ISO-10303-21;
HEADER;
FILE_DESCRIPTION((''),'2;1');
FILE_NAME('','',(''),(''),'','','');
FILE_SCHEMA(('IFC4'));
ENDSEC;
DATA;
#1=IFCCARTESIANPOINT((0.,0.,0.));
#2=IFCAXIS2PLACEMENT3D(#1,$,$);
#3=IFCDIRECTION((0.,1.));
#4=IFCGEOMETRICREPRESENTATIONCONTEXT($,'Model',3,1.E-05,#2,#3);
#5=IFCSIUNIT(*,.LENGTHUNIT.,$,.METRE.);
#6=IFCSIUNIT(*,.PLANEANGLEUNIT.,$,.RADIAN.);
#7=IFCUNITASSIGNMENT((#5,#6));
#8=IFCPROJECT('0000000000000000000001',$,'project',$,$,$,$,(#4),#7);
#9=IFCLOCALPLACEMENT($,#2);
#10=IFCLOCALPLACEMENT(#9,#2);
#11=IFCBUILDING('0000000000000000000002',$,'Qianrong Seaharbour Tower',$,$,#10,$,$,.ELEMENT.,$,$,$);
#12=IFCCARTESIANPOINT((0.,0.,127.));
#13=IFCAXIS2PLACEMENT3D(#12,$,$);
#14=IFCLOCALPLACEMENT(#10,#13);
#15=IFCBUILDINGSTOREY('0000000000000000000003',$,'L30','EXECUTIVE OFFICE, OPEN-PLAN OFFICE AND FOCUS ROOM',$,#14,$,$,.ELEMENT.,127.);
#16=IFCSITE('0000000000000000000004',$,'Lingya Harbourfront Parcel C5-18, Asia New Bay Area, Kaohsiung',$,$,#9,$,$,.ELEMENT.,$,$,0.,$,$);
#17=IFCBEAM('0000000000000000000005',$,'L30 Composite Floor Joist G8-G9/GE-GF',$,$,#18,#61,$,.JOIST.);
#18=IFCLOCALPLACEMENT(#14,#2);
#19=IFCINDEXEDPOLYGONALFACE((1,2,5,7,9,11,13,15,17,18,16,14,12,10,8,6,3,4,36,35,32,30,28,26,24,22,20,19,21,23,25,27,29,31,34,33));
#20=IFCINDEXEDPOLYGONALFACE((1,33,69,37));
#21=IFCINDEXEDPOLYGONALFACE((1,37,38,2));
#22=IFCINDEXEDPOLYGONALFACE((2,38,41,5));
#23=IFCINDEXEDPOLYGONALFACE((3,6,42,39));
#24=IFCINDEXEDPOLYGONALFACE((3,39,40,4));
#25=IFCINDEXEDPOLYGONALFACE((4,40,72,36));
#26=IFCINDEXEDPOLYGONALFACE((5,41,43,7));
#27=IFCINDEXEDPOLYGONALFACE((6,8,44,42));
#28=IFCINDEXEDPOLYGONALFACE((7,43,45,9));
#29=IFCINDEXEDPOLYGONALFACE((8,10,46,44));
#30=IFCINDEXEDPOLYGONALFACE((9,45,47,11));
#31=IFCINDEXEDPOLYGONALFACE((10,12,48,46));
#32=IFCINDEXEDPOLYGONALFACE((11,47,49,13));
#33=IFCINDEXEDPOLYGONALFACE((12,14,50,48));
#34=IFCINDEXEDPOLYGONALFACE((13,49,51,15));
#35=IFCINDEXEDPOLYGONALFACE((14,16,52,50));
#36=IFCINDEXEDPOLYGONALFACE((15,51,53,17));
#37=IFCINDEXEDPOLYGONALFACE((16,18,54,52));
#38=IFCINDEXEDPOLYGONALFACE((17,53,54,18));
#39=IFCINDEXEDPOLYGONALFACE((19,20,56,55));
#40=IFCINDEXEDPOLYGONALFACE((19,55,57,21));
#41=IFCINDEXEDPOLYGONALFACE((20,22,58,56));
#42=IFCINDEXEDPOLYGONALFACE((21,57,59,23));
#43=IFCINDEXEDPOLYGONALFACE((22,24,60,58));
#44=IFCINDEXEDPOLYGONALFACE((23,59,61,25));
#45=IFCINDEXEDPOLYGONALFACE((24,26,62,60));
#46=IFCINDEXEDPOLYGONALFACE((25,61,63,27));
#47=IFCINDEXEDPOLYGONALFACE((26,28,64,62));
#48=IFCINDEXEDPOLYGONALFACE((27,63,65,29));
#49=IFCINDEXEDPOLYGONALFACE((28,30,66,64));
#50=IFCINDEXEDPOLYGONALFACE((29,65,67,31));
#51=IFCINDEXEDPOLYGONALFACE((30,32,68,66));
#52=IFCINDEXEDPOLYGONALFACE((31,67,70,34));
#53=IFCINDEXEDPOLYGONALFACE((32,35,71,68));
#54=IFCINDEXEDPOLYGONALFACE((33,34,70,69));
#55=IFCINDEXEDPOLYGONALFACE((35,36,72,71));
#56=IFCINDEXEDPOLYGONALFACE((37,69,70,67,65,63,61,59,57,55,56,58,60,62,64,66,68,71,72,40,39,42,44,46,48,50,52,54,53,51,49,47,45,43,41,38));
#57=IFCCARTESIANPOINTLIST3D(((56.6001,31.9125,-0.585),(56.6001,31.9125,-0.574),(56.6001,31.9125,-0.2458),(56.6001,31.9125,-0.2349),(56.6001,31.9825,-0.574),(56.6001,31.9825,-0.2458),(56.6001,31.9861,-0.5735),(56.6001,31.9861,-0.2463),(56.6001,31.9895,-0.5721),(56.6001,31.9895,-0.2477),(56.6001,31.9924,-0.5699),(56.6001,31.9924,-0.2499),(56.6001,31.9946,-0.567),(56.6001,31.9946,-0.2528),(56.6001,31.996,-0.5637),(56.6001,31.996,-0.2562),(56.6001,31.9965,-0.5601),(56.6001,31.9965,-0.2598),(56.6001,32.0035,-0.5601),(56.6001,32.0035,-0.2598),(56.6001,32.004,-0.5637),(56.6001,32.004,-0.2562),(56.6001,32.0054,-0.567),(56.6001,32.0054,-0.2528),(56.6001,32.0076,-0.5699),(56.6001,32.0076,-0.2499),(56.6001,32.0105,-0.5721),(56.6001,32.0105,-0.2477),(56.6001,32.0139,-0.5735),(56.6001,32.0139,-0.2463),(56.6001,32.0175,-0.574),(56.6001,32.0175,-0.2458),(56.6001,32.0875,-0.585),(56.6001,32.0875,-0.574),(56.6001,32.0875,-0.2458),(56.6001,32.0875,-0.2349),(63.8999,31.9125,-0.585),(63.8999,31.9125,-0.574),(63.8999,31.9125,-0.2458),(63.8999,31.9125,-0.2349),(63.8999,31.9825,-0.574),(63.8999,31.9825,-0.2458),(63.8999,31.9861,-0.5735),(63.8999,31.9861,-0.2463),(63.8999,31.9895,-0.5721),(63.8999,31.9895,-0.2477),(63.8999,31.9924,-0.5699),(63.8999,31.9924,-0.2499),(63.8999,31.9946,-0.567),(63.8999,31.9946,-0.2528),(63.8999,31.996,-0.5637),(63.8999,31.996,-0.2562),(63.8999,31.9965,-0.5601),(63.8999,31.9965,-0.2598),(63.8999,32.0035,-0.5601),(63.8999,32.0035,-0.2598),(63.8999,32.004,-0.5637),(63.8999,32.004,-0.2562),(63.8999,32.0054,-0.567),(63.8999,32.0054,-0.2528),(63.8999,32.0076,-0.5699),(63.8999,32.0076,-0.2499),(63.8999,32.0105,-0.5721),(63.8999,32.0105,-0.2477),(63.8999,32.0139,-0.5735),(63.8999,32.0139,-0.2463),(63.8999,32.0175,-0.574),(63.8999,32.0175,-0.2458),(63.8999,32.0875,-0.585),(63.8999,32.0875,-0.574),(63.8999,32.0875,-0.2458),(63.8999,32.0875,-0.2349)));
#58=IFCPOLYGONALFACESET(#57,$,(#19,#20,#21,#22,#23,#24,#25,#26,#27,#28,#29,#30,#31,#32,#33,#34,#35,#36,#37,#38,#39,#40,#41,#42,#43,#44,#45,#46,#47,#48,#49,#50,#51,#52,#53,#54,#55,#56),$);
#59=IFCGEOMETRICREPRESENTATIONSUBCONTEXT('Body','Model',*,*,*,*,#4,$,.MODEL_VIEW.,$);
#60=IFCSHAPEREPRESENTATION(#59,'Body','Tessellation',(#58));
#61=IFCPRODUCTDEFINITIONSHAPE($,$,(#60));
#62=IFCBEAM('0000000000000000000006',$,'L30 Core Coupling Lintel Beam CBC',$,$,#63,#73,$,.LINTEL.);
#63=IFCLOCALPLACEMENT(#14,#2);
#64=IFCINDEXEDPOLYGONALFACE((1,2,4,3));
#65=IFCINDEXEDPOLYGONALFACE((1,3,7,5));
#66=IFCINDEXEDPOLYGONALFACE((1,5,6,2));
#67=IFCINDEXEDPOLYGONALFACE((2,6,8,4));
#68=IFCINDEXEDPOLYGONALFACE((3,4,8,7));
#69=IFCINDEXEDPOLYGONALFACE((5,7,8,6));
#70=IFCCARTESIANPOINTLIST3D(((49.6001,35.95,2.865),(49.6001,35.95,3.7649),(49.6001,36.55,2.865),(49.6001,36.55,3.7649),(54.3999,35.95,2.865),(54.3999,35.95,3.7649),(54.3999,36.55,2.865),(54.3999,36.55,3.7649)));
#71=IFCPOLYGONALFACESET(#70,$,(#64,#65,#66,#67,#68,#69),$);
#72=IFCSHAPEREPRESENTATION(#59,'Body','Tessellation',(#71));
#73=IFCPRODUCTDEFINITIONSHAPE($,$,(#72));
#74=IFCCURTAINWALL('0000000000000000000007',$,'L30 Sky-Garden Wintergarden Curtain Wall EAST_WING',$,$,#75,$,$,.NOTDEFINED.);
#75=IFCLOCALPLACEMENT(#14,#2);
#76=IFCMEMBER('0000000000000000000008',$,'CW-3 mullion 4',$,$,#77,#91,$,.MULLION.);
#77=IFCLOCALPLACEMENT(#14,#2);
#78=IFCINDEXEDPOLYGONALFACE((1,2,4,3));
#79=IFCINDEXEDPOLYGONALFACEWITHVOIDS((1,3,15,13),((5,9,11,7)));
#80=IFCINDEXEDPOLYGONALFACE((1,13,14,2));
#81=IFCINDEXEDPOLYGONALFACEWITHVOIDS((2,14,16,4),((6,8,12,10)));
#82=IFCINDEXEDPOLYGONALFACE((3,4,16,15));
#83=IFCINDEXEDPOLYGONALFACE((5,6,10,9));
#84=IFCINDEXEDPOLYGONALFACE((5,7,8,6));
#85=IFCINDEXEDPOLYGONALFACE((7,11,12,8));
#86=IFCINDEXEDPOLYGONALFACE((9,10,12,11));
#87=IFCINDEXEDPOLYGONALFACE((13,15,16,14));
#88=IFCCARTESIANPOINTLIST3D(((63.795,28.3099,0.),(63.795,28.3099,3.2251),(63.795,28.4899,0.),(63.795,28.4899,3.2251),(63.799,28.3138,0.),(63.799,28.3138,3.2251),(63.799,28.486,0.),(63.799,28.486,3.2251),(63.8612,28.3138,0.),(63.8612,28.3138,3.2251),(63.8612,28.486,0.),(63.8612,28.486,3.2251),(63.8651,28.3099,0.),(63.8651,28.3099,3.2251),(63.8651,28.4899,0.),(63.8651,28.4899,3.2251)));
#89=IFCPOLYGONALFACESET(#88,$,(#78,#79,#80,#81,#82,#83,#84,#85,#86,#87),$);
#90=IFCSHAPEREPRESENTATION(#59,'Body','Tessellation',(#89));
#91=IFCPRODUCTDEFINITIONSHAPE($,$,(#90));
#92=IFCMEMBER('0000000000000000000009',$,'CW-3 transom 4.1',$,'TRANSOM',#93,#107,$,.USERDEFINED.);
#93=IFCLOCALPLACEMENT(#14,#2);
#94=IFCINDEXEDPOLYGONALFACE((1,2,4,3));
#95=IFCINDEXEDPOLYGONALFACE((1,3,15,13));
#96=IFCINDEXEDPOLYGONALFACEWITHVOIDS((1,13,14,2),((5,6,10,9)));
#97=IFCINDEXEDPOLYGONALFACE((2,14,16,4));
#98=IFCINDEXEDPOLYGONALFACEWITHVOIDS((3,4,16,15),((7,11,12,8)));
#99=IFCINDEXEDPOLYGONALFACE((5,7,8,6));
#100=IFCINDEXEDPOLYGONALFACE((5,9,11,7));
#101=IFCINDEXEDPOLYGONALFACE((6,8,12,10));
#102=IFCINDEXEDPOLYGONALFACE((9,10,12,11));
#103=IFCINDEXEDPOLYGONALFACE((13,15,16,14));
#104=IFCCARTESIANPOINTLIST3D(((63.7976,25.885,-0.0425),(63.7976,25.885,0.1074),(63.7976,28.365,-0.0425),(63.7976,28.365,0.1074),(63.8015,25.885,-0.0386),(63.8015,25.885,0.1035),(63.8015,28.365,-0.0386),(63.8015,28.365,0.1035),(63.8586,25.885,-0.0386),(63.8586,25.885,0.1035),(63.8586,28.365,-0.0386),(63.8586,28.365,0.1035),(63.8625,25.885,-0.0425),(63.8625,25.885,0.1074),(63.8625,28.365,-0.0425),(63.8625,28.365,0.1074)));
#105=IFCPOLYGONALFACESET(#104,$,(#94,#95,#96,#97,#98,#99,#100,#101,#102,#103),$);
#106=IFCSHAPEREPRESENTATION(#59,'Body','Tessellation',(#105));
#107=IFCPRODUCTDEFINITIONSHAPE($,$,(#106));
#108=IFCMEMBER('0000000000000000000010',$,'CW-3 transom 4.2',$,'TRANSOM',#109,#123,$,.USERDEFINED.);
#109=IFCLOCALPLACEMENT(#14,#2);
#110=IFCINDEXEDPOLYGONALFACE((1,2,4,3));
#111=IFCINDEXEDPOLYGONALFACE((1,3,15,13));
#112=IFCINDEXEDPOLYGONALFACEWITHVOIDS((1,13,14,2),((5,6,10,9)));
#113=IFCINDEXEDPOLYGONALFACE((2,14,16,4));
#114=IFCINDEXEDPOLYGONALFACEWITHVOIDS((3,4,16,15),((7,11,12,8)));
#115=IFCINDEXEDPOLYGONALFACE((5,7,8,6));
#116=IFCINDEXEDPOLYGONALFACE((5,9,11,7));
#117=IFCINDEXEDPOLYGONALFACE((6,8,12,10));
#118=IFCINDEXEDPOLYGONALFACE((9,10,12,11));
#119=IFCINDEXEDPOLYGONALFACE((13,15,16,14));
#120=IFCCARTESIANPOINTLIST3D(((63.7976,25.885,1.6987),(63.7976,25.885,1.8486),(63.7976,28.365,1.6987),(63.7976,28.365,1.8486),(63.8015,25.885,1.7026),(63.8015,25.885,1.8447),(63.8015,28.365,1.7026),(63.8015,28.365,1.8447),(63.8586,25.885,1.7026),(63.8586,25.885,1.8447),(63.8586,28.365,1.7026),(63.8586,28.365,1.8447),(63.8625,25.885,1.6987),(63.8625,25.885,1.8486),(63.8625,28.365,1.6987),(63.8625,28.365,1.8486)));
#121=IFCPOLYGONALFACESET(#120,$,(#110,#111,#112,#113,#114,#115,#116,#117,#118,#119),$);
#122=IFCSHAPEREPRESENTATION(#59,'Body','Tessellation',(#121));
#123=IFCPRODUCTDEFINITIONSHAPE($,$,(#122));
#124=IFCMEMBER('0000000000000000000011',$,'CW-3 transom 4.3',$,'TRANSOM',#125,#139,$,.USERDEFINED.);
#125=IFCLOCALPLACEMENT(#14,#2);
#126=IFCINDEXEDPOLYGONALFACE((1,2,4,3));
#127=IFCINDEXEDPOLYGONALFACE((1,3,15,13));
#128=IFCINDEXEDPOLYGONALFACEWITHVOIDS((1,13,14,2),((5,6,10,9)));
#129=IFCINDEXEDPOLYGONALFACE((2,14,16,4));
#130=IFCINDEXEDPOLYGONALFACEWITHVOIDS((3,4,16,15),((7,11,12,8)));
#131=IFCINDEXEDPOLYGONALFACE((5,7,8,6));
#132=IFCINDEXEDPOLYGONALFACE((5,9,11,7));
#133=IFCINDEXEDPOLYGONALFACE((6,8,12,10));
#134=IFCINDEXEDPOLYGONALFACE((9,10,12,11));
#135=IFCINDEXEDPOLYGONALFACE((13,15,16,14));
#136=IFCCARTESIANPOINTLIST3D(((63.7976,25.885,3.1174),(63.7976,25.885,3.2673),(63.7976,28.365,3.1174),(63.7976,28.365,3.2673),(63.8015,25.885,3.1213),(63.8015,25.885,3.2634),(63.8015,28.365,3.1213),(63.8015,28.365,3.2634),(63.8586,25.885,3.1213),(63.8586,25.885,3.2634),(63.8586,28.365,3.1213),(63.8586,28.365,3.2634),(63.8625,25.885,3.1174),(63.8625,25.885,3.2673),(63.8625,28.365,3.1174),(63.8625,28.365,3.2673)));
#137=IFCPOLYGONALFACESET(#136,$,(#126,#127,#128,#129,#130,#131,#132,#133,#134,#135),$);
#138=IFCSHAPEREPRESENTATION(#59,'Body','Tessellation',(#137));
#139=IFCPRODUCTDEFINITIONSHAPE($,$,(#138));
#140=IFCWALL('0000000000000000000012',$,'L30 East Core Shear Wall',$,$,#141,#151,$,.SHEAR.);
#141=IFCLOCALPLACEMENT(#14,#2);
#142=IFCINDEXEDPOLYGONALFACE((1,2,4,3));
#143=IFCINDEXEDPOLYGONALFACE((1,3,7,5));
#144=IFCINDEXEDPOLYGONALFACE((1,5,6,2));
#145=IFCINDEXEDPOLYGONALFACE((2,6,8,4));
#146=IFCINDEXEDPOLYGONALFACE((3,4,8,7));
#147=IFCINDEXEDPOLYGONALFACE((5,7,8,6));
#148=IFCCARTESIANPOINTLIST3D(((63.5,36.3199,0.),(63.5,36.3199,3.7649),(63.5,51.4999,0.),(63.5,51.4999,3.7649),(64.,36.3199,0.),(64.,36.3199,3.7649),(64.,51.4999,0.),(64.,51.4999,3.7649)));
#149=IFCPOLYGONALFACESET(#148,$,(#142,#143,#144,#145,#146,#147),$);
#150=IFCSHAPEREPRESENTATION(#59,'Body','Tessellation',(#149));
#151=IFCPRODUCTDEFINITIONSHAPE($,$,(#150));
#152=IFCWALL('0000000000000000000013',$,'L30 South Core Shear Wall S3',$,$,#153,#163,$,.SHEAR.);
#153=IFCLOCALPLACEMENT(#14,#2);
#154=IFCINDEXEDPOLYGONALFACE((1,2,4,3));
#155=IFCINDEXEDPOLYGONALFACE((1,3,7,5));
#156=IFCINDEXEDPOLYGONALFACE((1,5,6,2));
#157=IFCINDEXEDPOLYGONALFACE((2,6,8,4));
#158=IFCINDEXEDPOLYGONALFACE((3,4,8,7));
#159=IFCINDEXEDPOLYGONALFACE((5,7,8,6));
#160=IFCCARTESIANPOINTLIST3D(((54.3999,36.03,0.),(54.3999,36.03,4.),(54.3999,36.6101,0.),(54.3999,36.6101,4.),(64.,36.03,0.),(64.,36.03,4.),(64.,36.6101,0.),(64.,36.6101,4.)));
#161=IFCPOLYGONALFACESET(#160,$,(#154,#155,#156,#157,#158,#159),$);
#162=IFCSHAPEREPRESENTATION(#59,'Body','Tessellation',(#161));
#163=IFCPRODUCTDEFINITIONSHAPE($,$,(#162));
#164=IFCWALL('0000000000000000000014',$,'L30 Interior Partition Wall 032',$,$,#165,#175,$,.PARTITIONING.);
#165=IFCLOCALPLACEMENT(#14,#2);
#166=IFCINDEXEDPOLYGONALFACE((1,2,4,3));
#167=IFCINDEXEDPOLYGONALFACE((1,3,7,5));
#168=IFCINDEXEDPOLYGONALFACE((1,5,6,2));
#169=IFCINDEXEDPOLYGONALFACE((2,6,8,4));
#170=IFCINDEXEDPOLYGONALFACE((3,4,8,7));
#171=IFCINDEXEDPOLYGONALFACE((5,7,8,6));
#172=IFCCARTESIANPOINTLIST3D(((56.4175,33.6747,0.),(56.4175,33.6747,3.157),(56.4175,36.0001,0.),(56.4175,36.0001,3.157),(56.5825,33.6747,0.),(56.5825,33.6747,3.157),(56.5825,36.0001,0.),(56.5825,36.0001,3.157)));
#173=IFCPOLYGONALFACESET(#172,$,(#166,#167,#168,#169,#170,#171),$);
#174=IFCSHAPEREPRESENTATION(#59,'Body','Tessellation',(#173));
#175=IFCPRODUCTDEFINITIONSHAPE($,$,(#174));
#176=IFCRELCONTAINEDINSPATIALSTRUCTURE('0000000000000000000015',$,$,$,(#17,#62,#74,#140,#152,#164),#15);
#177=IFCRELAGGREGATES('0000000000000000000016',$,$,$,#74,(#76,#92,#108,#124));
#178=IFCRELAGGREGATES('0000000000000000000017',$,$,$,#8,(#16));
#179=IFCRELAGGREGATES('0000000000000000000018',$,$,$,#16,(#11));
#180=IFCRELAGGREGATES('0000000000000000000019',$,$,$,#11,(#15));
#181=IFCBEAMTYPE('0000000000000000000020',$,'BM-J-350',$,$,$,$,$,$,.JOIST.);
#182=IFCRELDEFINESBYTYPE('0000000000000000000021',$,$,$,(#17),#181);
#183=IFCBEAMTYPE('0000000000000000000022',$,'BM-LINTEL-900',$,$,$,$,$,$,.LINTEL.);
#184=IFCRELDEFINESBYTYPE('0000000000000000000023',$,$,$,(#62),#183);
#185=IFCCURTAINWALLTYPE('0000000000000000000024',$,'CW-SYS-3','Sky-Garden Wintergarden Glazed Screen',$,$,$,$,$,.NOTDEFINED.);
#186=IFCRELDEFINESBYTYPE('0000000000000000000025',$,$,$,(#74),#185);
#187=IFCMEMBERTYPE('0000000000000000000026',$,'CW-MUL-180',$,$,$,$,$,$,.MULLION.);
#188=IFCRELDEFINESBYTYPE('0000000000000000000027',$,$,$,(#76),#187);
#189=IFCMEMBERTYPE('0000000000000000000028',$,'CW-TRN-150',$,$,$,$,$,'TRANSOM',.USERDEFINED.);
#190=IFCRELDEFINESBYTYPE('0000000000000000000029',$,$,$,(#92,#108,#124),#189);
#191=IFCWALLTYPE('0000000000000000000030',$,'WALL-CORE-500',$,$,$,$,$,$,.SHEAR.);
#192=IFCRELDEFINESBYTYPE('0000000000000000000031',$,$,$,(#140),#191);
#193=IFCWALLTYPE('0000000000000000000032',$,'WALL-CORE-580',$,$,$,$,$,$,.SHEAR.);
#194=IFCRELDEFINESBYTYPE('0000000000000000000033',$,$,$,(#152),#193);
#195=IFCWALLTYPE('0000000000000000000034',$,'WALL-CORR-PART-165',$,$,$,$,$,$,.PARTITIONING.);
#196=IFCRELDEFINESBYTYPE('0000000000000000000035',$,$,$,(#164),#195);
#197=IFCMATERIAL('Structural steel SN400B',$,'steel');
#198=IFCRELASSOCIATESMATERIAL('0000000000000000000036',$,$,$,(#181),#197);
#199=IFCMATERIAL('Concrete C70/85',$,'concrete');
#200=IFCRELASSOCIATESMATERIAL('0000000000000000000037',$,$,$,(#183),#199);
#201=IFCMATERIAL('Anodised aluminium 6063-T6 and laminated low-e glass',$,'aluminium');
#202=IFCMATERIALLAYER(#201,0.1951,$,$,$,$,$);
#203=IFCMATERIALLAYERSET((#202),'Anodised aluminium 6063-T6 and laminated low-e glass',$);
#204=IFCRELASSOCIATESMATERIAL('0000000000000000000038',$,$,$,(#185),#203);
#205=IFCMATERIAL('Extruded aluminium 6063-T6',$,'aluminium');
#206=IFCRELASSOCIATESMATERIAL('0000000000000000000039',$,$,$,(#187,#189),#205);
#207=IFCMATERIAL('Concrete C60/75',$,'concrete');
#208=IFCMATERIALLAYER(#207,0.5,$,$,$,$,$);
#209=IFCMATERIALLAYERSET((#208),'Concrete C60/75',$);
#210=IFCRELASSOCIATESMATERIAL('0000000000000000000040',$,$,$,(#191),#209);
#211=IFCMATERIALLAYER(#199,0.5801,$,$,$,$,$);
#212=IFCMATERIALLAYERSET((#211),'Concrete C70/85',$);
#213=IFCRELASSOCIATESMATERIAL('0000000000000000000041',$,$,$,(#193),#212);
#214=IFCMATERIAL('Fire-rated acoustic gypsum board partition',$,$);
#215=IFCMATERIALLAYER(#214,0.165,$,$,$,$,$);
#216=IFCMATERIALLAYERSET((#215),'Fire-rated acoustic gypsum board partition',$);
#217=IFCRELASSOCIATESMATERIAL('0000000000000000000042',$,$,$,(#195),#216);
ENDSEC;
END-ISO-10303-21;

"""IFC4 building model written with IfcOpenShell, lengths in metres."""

from ifc_helpers import new_model, si_unit, direction, frame, frame_2d, origin, origin_2d, place, context, subcontext, project, spatial, rectangle, hollow_rectangle, i_section, extrude, material, layer, layer_set, material_profile, profile_set, type_object, element, aggregate, save


model = new_model("IFC4")

# Units and contexts
model_context = context("Model", 3, precision=1e-05, world=origin(), true_north=direction((0.0, 1.0)))
body_context = subcontext(model_context, "Body", "Model", "MODEL_VIEW")
ifc_project = project(units=[si_unit("LENGTHUNIT", "METRE"), si_unit("PLANEANGLEUNIT", "RADIAN")], contexts=[model_context])

# Site, building, storey
site_placement = place(None, origin())
site = spatial("IfcSite", under=ifc_project, at=site_placement, Name="Lingya Harbourfront Parcel C5-18, Asia New Bay Area, Kaohsiung", CompositionType="ELEMENT", RefElevation=0.0)
building_placement = place(site_placement, origin())
building = spatial("IfcBuilding", under=site, at=building_placement, Name="Qianrong Seaharbour Tower", CompositionType="ELEMENT")
storey_placement = place(building_placement, frame((0.0, 0.0, 127.0)))
storey = spatial("IfcBuildingStorey", under=building, at=storey_placement, Name="L30", Description="EXECUTIVE OFFICE, OPEN-PLAN OFFICE AND FOCUS ROOM", CompositionType="ELEMENT", Elevation=127.0)

# Beams
ifc_material_1 = material(Name="Structural steel SN400B", Category="steel")
ifc_material_profile_1 = material_profile(ifc_material_1, i_section(OverallWidth=0.175, OverallDepth=0.3501, WebThickness=0.0071, FlangeThickness=0.011, FilletRadius=0.0139, at=origin_2d()), Name="H350x175x7x11")
ifc_profile_set_1 = profile_set([ifc_material_profile_1], Name="Structural steel SN400B")
beam_type_1 = type_object("IfcBeamType", Name="BM-J-350", PredefinedType="JOIST", material=ifc_profile_set_1)
beam_1_placement = place(storey_placement, frame((56.6001, 32.0, -0.4099), z_axis=(1.0, 0.0, 0.0), x_axis=(0.0, 1.0, 0.0)))
element("IfcBeam", 1, at=beam_1_placement, inside=storey, type_object=beam_type_1, Name="L30 Composite Floor Joist G8-G9/GE-GF", PredefinedType="JOIST", context=body_context, shape_type="SweptSolid", body=[
    extrude(i_section(OverallWidth=0.175, OverallDepth=0.3501, WebThickness=0.0071, FlangeThickness=0.011, FilletRadius=0.0139, at=origin_2d()), origin(), (0.0, 0.0, 1.0), 7.2998),
])
ifc_material_2 = material(Name="Concrete C70/85", Category="concrete")
ifc_material_profile_2 = material_profile(ifc_material_2, rectangle(XDim=0.6001, YDim=0.8999, at=origin_2d()), Name="RC600x900")
ifc_profile_set_2 = profile_set([ifc_material_profile_2], Name="Concrete C70/85")
beam_type_2 = type_object("IfcBeamType", Name="BM-LINTEL-900", PredefinedType="LINTEL", material=ifc_profile_set_2)
beam_2_placement = place(storey_placement, frame((49.6001, 36.25, 3.3149), z_axis=(1.0, 0.0, 0.0), x_axis=(0.0, 1.0, 0.0)))
element("IfcBeam", 2, at=beam_2_placement, inside=storey, type_object=beam_type_2, Name="L30 Core Coupling Lintel Beam CBC", PredefinedType="LINTEL", context=body_context, shape_type="SweptSolid", body=[
    extrude(rectangle(XDim=0.6001, YDim=0.8999, at=origin_2d()), origin(), (0.0, 0.0, 1.0), 4.7998),
])

# Curtain wall, members
ifc_material_3 = material(Name="Anodised aluminium 6063-T6 and laminated low-e glass", Category="aluminium")
ifc_layer_1 = layer(ifc_material_3, 0.1951)
ifc_layer_set_1 = layer_set([ifc_layer_1], Name="Anodised aluminium 6063-T6 and laminated low-e glass")
curtain_wall_type = type_object("IfcCurtainWallType", Name="CW-SYS-3", Description="Sky-Garden Wintergarden Glazed Screen", PredefinedType="NOTDEFINED", material=ifc_layer_set_1)
curtain_wall_placement = place(storey_placement, origin())
curtain_wall = element("IfcCurtainWall", 3, at=curtain_wall_placement, inside=storey, type_object=curtain_wall_type, Name="L30 Sky-Garden Wintergarden Curtain Wall EAST_WING", PredefinedType="NOTDEFINED")
ifc_material_4 = material(Name="Extruded aluminium 6063-T6", Category="aluminium")
ifc_material_profile_3 = material_profile(ifc_material_4, hollow_rectangle(XDim=0.0701, YDim=0.1799, WallThickness=0.0039, at=origin_2d()), Name="ALU-MUL-180x70x4")
ifc_profile_set_3 = profile_set([ifc_material_profile_3], Name="Extruded aluminium 6063-T6")
member_type_1 = type_object("IfcMemberType", Name="CW-MUL-180", PredefinedType="MULLION", material=ifc_profile_set_3)
member_1_placement = place(storey_placement, frame((63.8301, 28.3999, 0.0), z_axis=(0.0, 0.0, 1.0), x_axis=(1.0, 0.0, 0.0)))
member_1 = element("IfcMember", 4, at=member_1_placement, type_object=member_type_1, Name="CW-3 mullion 4", PredefinedType="MULLION", context=body_context, shape_type="SweptSolid", body=[
    extrude(hollow_rectangle(XDim=0.0701, YDim=0.1799, WallThickness=0.0039, at=origin_2d()), origin(), (0.0, 0.0, 1.0), 3.2251),
])
ifc_material_profile_4 = material_profile(ifc_material_4, hollow_rectangle(XDim=0.0649, YDim=0.1499, WallThickness=0.0039, at=origin_2d()), Name="ALU-TRN-150x65x4")
ifc_profile_set_4 = profile_set([ifc_material_profile_4], Name="Extruded aluminium 6063-T6")
member_type_2 = type_object("IfcMemberType", Name="CW-TRN-150", ElementType="TRANSOM", PredefinedType="USERDEFINED", material=ifc_profile_set_4)
member_2_placement = place(storey_placement, frame((63.8301, 28.365, 0.0325), z_axis=(0.0, -1.0, 0.0), x_axis=(1.0, 0.0, 0.0)))
member_2 = element("IfcMember", 5, at=member_2_placement, type_object=member_type_2, Name="CW-3 transom 4.1", ObjectType="TRANSOM", PredefinedType="USERDEFINED", context=body_context, shape_type="SweptSolid", body=[
    extrude(hollow_rectangle(XDim=0.0649, YDim=0.1499, WallThickness=0.0039, at=origin_2d()), origin(), (0.0, 0.0, 1.0), 2.48),
])
member_3_placement = place(storey_placement, frame((63.8301, 28.365, 1.7737), z_axis=(0.0, -1.0, 0.0), x_axis=(1.0, 0.0, 0.0)))
member_3 = element("IfcMember", 6, at=member_3_placement, type_object=member_type_2, Name="CW-3 transom 4.2", ObjectType="TRANSOM", PredefinedType="USERDEFINED", context=body_context, shape_type="SweptSolid", body=[
    extrude(hollow_rectangle(XDim=0.0649, YDim=0.1499, WallThickness=0.0039, at=origin_2d()), origin(), (0.0, 0.0, 1.0), 2.48),
])
member_4_placement = place(storey_placement, frame((63.8301, 28.365, 3.1924), z_axis=(0.0, -1.0, 0.0), x_axis=(1.0, 0.0, 0.0)))
member_4 = element("IfcMember", 7, at=member_4_placement, type_object=member_type_2, Name="CW-3 transom 4.3", ObjectType="TRANSOM", PredefinedType="USERDEFINED", context=body_context, shape_type="SweptSolid", body=[
    extrude(hollow_rectangle(XDim=0.0649, YDim=0.1499, WallThickness=0.0039, at=origin_2d()), origin(), (0.0, 0.0, 1.0), 2.48),
])
aggregate(curtain_wall, [member_1, member_2, member_3, member_4])

# Walls
ifc_material_5 = material(Name="Concrete C60/75", Category="concrete")
ifc_layer_2 = layer(ifc_material_5, 0.5)
ifc_layer_set_2 = layer_set([ifc_layer_2], Name="Concrete C60/75")
wall_type_1 = type_object("IfcWallType", Name="WALL-CORE-500", PredefinedType="SHEAR", material=ifc_layer_set_2)
wall_1_placement = place(storey_placement, frame((63.75, 36.3201, 0.0), z_axis=(0.0, 0.0, 1.0), x_axis=(0.0, 1.0, 0.0)))
element("IfcWall", 8, at=wall_1_placement, inside=storey, type_object=wall_type_1, Name="L30 East Core Shear Wall", PredefinedType="SHEAR", context=body_context, shape_type="SweptSolid", body=[
    extrude(rectangle(XDim=15.1799, YDim=0.5, at=frame_2d((7.5898, 0.0))), origin(), (0.0, 0.0, 1.0), 3.7649),
])
ifc_layer_3 = layer(ifc_material_2, 0.5801)
ifc_layer_set_3 = layer_set([ifc_layer_3], Name="Concrete C70/85")
wall_type_2 = type_object("IfcWallType", Name="WALL-CORE-580", PredefinedType="SHEAR", material=ifc_layer_set_3)
wall_2_placement = place(storey_placement, frame((54.3999, 36.3201, 0.0), z_axis=(0.0, 0.0, 1.0), x_axis=(1.0, 0.0, 0.0)))
element("IfcWall", 9, at=wall_2_placement, inside=storey, type_object=wall_type_2, Name="L30 South Core Shear Wall S3", PredefinedType="SHEAR", context=body_context, shape_type="SweptSolid", body=[
    extrude(rectangle(XDim=9.6001, YDim=0.5801, at=frame_2d((4.8, 0.0))), origin(), (0.0, 0.0, 1.0), 4.0),
])
ifc_material_6 = material(Name="Fire-rated acoustic gypsum board partition")
ifc_layer_4 = layer(ifc_material_6, 0.165)
ifc_layer_set_4 = layer_set([ifc_layer_4], Name="Fire-rated acoustic gypsum board partition")
wall_type_3 = type_object("IfcWallType", Name="WALL-CORR-PART-165", PredefinedType="PARTITIONING", material=ifc_layer_set_4)
wall_3_placement = place(storey_placement, frame((56.5, 36.0, 0.0), z_axis=(0.0, 0.0, 1.0), x_axis=(0.0, -1.0, 0.0)))
element("IfcWall", 10, at=wall_3_placement, inside=storey, type_object=wall_type_3, Name="L30 Interior Partition Wall 032", PredefinedType="PARTITIONING", context=body_context, shape_type="SweptSolid", body=[
    extrude(rectangle(XDim=2.3254, YDim=0.165, at=frame_2d((1.1626, 0.0))), origin(), (0.0, 0.0, 1.0), 3.157),
])

save(model, "model.ifc")
